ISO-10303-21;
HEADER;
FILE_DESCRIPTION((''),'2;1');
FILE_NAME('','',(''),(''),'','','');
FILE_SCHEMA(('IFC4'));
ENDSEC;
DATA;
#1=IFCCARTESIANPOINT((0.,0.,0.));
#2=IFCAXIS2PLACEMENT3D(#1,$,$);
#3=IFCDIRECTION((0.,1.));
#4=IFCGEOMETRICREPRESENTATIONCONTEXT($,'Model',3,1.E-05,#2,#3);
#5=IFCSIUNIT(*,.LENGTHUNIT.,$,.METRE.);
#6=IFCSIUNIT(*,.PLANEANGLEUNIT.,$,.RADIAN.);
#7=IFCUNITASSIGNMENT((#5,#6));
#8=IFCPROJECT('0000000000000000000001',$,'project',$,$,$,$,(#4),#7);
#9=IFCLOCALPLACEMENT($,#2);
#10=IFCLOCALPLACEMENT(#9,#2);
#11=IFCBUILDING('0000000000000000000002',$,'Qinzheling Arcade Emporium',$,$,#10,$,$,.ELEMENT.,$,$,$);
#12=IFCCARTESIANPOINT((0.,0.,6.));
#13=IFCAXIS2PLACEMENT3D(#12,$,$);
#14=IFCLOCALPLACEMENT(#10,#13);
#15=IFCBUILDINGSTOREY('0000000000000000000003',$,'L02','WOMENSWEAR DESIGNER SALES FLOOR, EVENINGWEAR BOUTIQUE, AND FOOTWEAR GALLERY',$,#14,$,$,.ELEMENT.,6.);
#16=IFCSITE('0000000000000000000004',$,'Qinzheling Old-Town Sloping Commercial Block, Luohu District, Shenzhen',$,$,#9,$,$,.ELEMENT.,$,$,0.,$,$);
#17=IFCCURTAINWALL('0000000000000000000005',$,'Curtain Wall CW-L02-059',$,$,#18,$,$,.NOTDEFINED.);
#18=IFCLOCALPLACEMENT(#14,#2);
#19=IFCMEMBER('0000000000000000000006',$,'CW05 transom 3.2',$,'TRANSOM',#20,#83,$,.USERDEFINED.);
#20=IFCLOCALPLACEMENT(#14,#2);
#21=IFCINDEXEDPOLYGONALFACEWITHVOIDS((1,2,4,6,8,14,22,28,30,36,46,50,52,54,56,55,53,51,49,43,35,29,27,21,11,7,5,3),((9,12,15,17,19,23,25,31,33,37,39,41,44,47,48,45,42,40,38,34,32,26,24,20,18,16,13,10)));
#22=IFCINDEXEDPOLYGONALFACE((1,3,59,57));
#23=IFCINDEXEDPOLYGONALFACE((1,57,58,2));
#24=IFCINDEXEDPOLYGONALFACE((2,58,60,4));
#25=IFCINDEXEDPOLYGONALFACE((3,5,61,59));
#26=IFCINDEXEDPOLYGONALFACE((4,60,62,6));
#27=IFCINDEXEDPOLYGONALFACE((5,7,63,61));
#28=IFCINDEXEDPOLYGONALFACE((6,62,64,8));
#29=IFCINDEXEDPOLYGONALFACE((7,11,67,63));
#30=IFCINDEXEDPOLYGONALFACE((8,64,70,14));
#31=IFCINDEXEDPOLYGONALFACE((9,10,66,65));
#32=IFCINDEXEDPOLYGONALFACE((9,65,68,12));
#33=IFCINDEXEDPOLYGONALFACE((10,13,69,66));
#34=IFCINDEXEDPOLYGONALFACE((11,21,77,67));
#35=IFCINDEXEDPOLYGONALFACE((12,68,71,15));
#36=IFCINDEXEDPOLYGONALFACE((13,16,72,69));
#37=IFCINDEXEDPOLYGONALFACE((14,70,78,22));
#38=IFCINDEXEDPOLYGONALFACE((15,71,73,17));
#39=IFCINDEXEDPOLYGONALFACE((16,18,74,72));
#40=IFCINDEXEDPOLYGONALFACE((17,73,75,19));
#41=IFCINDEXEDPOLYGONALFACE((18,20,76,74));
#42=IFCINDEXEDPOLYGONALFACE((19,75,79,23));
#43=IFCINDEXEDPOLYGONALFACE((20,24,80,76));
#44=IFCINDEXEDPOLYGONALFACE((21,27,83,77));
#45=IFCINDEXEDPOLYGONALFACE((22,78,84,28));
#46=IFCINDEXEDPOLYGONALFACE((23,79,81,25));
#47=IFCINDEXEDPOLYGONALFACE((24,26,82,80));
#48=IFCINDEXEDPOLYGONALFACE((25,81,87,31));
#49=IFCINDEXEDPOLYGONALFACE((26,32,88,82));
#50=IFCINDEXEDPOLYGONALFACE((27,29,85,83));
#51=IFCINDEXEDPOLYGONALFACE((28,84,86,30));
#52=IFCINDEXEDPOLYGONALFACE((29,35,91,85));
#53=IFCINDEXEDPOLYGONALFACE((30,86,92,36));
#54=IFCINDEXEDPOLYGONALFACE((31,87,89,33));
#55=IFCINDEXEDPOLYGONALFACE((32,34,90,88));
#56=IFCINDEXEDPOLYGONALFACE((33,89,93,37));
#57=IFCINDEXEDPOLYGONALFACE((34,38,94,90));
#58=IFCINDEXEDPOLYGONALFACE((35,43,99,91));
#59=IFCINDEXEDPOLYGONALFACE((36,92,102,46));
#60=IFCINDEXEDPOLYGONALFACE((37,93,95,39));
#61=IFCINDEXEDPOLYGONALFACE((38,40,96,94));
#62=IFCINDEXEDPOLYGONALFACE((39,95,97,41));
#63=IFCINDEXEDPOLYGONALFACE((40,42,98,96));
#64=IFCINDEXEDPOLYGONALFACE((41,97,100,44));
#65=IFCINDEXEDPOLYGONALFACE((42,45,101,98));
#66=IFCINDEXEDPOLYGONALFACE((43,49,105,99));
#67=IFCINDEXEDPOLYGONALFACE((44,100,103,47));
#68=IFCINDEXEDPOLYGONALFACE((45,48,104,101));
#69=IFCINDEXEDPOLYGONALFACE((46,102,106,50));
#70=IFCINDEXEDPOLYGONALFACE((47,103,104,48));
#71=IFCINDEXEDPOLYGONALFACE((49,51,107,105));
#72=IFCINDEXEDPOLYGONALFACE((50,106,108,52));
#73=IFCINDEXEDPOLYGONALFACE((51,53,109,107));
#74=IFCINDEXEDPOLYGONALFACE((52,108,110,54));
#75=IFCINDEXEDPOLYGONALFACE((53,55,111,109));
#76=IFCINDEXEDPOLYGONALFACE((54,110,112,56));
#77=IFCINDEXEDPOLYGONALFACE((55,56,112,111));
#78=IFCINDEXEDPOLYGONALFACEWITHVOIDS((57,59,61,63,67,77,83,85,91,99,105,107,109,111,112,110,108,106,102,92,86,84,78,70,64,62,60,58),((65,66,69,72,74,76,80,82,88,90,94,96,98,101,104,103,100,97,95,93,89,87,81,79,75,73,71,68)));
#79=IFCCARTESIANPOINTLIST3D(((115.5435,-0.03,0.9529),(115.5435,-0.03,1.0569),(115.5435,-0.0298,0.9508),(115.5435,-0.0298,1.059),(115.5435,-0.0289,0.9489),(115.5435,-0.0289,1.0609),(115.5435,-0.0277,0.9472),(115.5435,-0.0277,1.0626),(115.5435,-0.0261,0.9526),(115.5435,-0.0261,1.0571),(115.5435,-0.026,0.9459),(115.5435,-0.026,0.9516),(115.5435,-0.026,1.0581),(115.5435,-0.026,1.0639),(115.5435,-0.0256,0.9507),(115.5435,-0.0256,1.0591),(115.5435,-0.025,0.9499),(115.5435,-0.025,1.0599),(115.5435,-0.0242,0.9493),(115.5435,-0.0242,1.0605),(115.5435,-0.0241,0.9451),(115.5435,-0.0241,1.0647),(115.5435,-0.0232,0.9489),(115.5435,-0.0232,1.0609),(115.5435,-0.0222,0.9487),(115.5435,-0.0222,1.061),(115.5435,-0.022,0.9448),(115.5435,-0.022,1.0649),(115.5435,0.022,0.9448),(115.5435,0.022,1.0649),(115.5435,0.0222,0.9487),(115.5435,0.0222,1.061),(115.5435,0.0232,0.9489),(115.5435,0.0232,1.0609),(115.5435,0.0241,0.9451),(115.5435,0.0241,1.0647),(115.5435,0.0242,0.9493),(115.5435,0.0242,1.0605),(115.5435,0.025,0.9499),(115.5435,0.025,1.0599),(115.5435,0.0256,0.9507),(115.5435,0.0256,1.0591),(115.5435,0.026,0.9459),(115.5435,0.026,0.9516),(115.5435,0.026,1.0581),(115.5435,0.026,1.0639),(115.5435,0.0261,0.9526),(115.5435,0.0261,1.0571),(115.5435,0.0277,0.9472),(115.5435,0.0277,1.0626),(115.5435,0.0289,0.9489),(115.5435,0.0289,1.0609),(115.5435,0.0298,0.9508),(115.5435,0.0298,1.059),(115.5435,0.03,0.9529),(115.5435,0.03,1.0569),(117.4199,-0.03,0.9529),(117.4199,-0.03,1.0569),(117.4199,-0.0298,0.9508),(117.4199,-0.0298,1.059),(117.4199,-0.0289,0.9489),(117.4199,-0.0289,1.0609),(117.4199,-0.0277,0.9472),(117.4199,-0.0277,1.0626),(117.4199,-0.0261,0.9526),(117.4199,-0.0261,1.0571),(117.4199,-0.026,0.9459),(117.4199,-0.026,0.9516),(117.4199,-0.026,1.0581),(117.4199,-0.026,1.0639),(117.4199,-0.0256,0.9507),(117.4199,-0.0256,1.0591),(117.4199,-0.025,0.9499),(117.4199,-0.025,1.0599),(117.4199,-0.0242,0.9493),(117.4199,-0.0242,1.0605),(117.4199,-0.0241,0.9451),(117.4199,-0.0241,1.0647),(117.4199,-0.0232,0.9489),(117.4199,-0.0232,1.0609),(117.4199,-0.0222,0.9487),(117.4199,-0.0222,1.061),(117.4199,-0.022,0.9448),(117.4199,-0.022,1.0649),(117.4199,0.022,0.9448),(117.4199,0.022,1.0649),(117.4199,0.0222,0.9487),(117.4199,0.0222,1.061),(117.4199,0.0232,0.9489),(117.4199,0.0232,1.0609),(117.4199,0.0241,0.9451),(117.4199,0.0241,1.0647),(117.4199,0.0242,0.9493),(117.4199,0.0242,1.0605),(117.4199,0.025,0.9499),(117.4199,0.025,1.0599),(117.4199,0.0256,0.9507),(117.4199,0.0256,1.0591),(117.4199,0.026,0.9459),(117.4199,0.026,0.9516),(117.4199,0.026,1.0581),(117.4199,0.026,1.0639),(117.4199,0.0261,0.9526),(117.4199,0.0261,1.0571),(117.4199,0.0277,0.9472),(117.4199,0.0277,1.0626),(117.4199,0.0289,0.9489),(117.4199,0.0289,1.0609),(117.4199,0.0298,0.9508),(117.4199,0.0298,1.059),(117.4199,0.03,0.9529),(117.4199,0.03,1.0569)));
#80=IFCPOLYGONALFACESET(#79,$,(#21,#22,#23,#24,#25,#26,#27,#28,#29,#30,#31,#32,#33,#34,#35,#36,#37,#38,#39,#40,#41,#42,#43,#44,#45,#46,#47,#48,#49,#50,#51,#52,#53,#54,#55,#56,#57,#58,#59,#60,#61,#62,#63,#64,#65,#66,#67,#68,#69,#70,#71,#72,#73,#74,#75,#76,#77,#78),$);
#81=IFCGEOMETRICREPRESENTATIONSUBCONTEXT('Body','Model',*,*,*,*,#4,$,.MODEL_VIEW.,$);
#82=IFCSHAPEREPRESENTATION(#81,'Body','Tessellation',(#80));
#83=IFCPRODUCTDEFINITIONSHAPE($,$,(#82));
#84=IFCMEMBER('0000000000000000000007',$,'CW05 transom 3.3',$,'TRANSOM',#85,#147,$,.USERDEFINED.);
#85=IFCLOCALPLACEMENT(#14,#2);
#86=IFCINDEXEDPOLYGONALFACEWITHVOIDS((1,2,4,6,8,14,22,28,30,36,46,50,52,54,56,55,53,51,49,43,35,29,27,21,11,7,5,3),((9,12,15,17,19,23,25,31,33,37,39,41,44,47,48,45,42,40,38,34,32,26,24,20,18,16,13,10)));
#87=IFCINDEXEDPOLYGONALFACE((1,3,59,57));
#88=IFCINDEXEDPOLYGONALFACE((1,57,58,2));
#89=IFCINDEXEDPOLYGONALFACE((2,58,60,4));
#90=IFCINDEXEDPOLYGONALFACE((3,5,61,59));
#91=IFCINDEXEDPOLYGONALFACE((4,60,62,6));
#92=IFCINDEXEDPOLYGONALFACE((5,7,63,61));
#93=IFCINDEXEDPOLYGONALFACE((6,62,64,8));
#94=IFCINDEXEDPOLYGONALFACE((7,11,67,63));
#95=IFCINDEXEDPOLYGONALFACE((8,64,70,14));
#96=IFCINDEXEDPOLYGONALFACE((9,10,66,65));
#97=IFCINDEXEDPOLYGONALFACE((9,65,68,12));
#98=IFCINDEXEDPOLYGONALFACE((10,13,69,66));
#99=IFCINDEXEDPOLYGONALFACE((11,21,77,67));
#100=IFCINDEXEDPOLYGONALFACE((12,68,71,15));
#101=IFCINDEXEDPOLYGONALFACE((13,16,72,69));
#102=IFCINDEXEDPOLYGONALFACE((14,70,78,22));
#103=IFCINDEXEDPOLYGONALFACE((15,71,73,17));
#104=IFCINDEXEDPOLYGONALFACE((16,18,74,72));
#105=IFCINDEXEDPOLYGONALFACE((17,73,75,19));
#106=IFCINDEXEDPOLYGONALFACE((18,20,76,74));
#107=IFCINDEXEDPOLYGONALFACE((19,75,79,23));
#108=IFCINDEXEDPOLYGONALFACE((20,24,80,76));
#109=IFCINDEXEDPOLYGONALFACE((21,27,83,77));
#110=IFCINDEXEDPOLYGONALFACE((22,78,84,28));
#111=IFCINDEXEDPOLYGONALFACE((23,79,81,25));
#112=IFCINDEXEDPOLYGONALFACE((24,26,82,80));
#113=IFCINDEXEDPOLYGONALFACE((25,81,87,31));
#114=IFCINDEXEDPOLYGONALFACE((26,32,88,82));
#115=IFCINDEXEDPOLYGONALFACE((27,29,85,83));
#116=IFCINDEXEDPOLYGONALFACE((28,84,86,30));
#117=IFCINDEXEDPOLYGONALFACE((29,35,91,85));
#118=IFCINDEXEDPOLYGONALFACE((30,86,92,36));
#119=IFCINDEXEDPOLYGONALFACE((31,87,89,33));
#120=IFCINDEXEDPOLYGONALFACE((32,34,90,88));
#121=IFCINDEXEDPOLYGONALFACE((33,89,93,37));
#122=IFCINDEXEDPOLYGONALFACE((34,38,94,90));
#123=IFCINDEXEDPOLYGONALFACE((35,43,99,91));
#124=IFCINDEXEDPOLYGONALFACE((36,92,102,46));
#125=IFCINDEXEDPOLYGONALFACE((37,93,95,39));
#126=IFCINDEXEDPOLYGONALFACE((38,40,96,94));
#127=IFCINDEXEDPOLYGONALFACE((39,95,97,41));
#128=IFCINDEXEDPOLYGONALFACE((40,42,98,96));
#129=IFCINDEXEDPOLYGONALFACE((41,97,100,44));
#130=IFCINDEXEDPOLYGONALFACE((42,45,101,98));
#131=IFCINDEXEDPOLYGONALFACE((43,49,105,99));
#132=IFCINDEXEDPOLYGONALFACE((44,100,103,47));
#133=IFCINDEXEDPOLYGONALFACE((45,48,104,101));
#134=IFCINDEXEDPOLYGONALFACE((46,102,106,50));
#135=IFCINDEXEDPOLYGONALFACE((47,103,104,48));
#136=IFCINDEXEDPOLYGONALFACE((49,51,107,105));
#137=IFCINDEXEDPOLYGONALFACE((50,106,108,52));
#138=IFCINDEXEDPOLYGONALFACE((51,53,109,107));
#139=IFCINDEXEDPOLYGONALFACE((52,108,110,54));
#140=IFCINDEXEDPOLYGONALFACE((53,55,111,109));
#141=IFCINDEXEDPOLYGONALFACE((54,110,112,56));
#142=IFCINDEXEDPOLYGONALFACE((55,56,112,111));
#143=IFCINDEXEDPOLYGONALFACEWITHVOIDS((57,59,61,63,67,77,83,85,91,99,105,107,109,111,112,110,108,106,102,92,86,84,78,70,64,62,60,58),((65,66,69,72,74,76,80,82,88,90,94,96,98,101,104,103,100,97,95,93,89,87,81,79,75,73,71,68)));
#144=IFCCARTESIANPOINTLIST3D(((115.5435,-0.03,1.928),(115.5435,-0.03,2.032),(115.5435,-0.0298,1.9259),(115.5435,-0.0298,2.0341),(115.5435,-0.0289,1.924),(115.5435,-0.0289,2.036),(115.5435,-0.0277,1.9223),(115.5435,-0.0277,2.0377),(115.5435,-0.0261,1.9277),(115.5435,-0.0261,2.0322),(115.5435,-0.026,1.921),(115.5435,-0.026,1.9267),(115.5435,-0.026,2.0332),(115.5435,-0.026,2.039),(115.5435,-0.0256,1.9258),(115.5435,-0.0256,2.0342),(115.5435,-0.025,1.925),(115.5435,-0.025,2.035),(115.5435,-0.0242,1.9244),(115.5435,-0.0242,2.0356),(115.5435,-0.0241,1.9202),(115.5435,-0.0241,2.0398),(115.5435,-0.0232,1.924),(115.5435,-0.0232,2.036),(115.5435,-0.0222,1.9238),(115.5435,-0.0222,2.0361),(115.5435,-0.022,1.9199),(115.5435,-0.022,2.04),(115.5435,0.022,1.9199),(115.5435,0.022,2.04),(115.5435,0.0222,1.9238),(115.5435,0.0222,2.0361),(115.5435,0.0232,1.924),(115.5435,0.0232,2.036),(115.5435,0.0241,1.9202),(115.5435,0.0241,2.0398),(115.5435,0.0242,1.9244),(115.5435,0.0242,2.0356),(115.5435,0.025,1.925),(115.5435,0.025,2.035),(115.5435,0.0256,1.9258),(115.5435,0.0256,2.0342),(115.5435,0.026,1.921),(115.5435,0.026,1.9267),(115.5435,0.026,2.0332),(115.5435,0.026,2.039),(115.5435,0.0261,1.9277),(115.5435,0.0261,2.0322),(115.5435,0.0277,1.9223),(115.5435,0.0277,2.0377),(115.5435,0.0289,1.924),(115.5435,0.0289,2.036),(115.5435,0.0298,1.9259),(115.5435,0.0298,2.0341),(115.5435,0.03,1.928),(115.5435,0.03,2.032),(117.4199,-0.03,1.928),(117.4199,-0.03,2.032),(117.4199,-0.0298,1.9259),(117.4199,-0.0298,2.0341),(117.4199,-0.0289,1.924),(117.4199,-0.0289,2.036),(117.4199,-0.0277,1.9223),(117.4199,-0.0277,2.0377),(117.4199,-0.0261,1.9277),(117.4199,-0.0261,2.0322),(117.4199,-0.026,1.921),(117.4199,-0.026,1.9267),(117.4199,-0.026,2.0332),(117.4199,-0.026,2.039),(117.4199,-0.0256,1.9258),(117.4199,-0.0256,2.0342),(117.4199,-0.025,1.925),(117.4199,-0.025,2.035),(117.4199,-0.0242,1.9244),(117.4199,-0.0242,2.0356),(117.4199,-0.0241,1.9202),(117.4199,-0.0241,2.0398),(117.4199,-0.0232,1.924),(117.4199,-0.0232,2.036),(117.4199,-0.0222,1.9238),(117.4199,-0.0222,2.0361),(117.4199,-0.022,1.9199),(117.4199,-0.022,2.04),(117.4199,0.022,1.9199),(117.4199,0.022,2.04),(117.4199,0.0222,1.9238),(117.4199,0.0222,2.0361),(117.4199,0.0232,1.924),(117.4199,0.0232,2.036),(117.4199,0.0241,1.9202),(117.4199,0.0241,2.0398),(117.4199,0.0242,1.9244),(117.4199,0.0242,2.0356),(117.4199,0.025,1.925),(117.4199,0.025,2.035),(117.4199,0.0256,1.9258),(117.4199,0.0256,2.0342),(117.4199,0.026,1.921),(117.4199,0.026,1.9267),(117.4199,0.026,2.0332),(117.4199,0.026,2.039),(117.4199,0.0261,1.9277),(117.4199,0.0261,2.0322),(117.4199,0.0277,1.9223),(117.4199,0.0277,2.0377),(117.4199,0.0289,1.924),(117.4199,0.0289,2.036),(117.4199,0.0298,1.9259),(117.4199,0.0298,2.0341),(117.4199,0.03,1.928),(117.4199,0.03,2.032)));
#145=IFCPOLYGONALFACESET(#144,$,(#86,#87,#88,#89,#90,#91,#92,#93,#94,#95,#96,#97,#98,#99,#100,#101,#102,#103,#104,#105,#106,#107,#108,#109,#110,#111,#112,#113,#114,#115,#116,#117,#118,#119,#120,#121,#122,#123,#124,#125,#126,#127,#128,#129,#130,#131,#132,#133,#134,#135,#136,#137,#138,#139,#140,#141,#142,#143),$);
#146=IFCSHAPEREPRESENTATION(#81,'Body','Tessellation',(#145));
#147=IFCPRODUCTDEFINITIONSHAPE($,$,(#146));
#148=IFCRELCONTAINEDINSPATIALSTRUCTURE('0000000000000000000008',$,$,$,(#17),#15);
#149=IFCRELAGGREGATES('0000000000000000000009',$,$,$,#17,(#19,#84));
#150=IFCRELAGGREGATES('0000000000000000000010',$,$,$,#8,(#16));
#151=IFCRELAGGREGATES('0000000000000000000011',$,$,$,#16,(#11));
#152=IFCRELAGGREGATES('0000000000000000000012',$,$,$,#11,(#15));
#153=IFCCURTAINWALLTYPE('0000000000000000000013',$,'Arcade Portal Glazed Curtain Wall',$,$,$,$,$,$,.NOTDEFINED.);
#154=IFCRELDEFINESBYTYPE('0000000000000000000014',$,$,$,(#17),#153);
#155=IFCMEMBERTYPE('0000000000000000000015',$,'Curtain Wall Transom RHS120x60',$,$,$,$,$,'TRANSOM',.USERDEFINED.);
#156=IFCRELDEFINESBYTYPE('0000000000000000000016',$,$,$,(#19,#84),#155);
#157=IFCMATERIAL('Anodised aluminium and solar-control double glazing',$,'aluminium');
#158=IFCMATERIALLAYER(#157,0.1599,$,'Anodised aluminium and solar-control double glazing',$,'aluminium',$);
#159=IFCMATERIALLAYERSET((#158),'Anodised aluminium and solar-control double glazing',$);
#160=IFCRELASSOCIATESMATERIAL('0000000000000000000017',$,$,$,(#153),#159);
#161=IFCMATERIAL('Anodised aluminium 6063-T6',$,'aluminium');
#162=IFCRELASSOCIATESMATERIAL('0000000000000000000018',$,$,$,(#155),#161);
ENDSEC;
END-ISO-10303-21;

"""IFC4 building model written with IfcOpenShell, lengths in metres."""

from ifc_helpers import new_model, si_unit, direction, frame, origin, origin_2d, place, context, subcontext, project, spatial, hollow_rectangle, extrude, material, layer, layer_set, material_profile, profile_set, type_object, element, aggregate, save


model = new_model("IFC4")

# Units and contexts
model_context = context("Model", 3, precision=1e-05, world=origin(), true_north=direction((0.0, 1.0)))
body_context = subcontext(model_context, "Body", "Model", "MODEL_VIEW")
ifc_project = project(units=[si_unit("LENGTHUNIT", "METRE"), si_unit("PLANEANGLEUNIT", "RADIAN")], contexts=[model_context])

# Site, building, storey
site_placement = place(None, origin())
site = spatial("IfcSite", under=ifc_project, at=site_placement, Name="Qinzheling Old-Town Sloping Commercial Block, Luohu District, Shenzhen", CompositionType="ELEMENT", RefElevation=0.0)
building_placement = place(site_placement, origin())
building = spatial("IfcBuilding", under=site, at=building_placement, Name="Qinzheling Arcade Emporium", CompositionType="ELEMENT")
storey_placement = place(building_placement, frame((0.0, 0.0, 6.0)))
storey = spatial("IfcBuildingStorey", under=building, at=storey_placement, Name="L02", Description="WOMENSWEAR DESIGNER SALES FLOOR, EVENINGWEAR BOUTIQUE, AND FOOTWEAR GALLERY", CompositionType="ELEMENT", Elevation=6.0)

# Curtain wall, members
ifc_material_1 = material(Name="Anodised aluminium and solar-control double glazing", Category="aluminium")
ifc_layer_1 = layer(ifc_material_1, 0.1599, Name="Anodised aluminium and solar-control double glazing", Category="aluminium")
ifc_layer_set_1 = layer_set([ifc_layer_1], Name="Anodised aluminium and solar-control double glazing")
curtain_wall_type = type_object("IfcCurtainWallType", Name="Arcade Portal Glazed Curtain Wall", PredefinedType="NOTDEFINED", material=ifc_layer_set_1)
curtain_wall_placement = place(storey_placement, origin())
curtain_wall = element("IfcCurtainWall", 1, at=curtain_wall_placement, inside=storey, type_object=curtain_wall_type, Name="Curtain Wall CW-L02-059", PredefinedType="NOTDEFINED")
ifc_material_2 = material(Name="Anodised aluminium 6063-T6", Category="aluminium")
ifc_material_profile_1 = material_profile(ifc_material_2, hollow_rectangle(XDim=0.0601, YDim=0.1201, WallThickness=0.0039, InnerFilletRadius=0.0039, OuterFilletRadius=0.0081, at=origin_2d()), Name="RHS 120x60x4", Category="aluminium")
ifc_profile_set_1 = profile_set([ifc_material_profile_1], Name="Anodised aluminium 6063-T6")
member_type_1 = type_object("IfcMemberType", Name="Curtain Wall Transom RHS120x60", ElementType="TRANSOM", PredefinedType="USERDEFINED", material=ifc_profile_set_1)
member_1_placement = place(storey_placement, frame((117.4199, 0.0, 1.0049), z_axis=(-1.0, 0.0, 0.0), x_axis=(0.0, -1.0, 0.0)))
member_1 = element("IfcMember", 2, at=member_1_placement, type_object=member_type_1, Name="CW05 transom 3.2", ObjectType="TRANSOM", PredefinedType="USERDEFINED", context=body_context, shape_type="SweptSolid", body=[
    extrude(hollow_rectangle(XDim=0.0601, YDim=0.1201, WallThickness=0.0039, InnerFilletRadius=0.0039, OuterFilletRadius=0.0081, at=origin_2d()), origin(), (0.0, 0.0, 1.0), 1.8765),
])
member_2_placement = place(storey_placement, frame((117.4199, 0.0, 1.98), z_axis=(-1.0, 0.0, 0.0), x_axis=(0.0, -1.0, 0.0)))
member_2 = element("IfcMember", 3, at=member_2_placement, type_object=member_type_1, Name="CW05 transom 3.3", ObjectType="TRANSOM", PredefinedType="USERDEFINED", context=body_context, shape_type="SweptSolid", body=[
    extrude(hollow_rectangle(XDim=0.0601, YDim=0.1201, WallThickness=0.0039, InnerFilletRadius=0.0039, OuterFilletRadius=0.0081, at=origin_2d()), origin(), (0.0, 0.0, 1.0), 1.8765),
])

aggregate(curtain_wall, [member_1, member_2])

save(model, "model.ifc")
